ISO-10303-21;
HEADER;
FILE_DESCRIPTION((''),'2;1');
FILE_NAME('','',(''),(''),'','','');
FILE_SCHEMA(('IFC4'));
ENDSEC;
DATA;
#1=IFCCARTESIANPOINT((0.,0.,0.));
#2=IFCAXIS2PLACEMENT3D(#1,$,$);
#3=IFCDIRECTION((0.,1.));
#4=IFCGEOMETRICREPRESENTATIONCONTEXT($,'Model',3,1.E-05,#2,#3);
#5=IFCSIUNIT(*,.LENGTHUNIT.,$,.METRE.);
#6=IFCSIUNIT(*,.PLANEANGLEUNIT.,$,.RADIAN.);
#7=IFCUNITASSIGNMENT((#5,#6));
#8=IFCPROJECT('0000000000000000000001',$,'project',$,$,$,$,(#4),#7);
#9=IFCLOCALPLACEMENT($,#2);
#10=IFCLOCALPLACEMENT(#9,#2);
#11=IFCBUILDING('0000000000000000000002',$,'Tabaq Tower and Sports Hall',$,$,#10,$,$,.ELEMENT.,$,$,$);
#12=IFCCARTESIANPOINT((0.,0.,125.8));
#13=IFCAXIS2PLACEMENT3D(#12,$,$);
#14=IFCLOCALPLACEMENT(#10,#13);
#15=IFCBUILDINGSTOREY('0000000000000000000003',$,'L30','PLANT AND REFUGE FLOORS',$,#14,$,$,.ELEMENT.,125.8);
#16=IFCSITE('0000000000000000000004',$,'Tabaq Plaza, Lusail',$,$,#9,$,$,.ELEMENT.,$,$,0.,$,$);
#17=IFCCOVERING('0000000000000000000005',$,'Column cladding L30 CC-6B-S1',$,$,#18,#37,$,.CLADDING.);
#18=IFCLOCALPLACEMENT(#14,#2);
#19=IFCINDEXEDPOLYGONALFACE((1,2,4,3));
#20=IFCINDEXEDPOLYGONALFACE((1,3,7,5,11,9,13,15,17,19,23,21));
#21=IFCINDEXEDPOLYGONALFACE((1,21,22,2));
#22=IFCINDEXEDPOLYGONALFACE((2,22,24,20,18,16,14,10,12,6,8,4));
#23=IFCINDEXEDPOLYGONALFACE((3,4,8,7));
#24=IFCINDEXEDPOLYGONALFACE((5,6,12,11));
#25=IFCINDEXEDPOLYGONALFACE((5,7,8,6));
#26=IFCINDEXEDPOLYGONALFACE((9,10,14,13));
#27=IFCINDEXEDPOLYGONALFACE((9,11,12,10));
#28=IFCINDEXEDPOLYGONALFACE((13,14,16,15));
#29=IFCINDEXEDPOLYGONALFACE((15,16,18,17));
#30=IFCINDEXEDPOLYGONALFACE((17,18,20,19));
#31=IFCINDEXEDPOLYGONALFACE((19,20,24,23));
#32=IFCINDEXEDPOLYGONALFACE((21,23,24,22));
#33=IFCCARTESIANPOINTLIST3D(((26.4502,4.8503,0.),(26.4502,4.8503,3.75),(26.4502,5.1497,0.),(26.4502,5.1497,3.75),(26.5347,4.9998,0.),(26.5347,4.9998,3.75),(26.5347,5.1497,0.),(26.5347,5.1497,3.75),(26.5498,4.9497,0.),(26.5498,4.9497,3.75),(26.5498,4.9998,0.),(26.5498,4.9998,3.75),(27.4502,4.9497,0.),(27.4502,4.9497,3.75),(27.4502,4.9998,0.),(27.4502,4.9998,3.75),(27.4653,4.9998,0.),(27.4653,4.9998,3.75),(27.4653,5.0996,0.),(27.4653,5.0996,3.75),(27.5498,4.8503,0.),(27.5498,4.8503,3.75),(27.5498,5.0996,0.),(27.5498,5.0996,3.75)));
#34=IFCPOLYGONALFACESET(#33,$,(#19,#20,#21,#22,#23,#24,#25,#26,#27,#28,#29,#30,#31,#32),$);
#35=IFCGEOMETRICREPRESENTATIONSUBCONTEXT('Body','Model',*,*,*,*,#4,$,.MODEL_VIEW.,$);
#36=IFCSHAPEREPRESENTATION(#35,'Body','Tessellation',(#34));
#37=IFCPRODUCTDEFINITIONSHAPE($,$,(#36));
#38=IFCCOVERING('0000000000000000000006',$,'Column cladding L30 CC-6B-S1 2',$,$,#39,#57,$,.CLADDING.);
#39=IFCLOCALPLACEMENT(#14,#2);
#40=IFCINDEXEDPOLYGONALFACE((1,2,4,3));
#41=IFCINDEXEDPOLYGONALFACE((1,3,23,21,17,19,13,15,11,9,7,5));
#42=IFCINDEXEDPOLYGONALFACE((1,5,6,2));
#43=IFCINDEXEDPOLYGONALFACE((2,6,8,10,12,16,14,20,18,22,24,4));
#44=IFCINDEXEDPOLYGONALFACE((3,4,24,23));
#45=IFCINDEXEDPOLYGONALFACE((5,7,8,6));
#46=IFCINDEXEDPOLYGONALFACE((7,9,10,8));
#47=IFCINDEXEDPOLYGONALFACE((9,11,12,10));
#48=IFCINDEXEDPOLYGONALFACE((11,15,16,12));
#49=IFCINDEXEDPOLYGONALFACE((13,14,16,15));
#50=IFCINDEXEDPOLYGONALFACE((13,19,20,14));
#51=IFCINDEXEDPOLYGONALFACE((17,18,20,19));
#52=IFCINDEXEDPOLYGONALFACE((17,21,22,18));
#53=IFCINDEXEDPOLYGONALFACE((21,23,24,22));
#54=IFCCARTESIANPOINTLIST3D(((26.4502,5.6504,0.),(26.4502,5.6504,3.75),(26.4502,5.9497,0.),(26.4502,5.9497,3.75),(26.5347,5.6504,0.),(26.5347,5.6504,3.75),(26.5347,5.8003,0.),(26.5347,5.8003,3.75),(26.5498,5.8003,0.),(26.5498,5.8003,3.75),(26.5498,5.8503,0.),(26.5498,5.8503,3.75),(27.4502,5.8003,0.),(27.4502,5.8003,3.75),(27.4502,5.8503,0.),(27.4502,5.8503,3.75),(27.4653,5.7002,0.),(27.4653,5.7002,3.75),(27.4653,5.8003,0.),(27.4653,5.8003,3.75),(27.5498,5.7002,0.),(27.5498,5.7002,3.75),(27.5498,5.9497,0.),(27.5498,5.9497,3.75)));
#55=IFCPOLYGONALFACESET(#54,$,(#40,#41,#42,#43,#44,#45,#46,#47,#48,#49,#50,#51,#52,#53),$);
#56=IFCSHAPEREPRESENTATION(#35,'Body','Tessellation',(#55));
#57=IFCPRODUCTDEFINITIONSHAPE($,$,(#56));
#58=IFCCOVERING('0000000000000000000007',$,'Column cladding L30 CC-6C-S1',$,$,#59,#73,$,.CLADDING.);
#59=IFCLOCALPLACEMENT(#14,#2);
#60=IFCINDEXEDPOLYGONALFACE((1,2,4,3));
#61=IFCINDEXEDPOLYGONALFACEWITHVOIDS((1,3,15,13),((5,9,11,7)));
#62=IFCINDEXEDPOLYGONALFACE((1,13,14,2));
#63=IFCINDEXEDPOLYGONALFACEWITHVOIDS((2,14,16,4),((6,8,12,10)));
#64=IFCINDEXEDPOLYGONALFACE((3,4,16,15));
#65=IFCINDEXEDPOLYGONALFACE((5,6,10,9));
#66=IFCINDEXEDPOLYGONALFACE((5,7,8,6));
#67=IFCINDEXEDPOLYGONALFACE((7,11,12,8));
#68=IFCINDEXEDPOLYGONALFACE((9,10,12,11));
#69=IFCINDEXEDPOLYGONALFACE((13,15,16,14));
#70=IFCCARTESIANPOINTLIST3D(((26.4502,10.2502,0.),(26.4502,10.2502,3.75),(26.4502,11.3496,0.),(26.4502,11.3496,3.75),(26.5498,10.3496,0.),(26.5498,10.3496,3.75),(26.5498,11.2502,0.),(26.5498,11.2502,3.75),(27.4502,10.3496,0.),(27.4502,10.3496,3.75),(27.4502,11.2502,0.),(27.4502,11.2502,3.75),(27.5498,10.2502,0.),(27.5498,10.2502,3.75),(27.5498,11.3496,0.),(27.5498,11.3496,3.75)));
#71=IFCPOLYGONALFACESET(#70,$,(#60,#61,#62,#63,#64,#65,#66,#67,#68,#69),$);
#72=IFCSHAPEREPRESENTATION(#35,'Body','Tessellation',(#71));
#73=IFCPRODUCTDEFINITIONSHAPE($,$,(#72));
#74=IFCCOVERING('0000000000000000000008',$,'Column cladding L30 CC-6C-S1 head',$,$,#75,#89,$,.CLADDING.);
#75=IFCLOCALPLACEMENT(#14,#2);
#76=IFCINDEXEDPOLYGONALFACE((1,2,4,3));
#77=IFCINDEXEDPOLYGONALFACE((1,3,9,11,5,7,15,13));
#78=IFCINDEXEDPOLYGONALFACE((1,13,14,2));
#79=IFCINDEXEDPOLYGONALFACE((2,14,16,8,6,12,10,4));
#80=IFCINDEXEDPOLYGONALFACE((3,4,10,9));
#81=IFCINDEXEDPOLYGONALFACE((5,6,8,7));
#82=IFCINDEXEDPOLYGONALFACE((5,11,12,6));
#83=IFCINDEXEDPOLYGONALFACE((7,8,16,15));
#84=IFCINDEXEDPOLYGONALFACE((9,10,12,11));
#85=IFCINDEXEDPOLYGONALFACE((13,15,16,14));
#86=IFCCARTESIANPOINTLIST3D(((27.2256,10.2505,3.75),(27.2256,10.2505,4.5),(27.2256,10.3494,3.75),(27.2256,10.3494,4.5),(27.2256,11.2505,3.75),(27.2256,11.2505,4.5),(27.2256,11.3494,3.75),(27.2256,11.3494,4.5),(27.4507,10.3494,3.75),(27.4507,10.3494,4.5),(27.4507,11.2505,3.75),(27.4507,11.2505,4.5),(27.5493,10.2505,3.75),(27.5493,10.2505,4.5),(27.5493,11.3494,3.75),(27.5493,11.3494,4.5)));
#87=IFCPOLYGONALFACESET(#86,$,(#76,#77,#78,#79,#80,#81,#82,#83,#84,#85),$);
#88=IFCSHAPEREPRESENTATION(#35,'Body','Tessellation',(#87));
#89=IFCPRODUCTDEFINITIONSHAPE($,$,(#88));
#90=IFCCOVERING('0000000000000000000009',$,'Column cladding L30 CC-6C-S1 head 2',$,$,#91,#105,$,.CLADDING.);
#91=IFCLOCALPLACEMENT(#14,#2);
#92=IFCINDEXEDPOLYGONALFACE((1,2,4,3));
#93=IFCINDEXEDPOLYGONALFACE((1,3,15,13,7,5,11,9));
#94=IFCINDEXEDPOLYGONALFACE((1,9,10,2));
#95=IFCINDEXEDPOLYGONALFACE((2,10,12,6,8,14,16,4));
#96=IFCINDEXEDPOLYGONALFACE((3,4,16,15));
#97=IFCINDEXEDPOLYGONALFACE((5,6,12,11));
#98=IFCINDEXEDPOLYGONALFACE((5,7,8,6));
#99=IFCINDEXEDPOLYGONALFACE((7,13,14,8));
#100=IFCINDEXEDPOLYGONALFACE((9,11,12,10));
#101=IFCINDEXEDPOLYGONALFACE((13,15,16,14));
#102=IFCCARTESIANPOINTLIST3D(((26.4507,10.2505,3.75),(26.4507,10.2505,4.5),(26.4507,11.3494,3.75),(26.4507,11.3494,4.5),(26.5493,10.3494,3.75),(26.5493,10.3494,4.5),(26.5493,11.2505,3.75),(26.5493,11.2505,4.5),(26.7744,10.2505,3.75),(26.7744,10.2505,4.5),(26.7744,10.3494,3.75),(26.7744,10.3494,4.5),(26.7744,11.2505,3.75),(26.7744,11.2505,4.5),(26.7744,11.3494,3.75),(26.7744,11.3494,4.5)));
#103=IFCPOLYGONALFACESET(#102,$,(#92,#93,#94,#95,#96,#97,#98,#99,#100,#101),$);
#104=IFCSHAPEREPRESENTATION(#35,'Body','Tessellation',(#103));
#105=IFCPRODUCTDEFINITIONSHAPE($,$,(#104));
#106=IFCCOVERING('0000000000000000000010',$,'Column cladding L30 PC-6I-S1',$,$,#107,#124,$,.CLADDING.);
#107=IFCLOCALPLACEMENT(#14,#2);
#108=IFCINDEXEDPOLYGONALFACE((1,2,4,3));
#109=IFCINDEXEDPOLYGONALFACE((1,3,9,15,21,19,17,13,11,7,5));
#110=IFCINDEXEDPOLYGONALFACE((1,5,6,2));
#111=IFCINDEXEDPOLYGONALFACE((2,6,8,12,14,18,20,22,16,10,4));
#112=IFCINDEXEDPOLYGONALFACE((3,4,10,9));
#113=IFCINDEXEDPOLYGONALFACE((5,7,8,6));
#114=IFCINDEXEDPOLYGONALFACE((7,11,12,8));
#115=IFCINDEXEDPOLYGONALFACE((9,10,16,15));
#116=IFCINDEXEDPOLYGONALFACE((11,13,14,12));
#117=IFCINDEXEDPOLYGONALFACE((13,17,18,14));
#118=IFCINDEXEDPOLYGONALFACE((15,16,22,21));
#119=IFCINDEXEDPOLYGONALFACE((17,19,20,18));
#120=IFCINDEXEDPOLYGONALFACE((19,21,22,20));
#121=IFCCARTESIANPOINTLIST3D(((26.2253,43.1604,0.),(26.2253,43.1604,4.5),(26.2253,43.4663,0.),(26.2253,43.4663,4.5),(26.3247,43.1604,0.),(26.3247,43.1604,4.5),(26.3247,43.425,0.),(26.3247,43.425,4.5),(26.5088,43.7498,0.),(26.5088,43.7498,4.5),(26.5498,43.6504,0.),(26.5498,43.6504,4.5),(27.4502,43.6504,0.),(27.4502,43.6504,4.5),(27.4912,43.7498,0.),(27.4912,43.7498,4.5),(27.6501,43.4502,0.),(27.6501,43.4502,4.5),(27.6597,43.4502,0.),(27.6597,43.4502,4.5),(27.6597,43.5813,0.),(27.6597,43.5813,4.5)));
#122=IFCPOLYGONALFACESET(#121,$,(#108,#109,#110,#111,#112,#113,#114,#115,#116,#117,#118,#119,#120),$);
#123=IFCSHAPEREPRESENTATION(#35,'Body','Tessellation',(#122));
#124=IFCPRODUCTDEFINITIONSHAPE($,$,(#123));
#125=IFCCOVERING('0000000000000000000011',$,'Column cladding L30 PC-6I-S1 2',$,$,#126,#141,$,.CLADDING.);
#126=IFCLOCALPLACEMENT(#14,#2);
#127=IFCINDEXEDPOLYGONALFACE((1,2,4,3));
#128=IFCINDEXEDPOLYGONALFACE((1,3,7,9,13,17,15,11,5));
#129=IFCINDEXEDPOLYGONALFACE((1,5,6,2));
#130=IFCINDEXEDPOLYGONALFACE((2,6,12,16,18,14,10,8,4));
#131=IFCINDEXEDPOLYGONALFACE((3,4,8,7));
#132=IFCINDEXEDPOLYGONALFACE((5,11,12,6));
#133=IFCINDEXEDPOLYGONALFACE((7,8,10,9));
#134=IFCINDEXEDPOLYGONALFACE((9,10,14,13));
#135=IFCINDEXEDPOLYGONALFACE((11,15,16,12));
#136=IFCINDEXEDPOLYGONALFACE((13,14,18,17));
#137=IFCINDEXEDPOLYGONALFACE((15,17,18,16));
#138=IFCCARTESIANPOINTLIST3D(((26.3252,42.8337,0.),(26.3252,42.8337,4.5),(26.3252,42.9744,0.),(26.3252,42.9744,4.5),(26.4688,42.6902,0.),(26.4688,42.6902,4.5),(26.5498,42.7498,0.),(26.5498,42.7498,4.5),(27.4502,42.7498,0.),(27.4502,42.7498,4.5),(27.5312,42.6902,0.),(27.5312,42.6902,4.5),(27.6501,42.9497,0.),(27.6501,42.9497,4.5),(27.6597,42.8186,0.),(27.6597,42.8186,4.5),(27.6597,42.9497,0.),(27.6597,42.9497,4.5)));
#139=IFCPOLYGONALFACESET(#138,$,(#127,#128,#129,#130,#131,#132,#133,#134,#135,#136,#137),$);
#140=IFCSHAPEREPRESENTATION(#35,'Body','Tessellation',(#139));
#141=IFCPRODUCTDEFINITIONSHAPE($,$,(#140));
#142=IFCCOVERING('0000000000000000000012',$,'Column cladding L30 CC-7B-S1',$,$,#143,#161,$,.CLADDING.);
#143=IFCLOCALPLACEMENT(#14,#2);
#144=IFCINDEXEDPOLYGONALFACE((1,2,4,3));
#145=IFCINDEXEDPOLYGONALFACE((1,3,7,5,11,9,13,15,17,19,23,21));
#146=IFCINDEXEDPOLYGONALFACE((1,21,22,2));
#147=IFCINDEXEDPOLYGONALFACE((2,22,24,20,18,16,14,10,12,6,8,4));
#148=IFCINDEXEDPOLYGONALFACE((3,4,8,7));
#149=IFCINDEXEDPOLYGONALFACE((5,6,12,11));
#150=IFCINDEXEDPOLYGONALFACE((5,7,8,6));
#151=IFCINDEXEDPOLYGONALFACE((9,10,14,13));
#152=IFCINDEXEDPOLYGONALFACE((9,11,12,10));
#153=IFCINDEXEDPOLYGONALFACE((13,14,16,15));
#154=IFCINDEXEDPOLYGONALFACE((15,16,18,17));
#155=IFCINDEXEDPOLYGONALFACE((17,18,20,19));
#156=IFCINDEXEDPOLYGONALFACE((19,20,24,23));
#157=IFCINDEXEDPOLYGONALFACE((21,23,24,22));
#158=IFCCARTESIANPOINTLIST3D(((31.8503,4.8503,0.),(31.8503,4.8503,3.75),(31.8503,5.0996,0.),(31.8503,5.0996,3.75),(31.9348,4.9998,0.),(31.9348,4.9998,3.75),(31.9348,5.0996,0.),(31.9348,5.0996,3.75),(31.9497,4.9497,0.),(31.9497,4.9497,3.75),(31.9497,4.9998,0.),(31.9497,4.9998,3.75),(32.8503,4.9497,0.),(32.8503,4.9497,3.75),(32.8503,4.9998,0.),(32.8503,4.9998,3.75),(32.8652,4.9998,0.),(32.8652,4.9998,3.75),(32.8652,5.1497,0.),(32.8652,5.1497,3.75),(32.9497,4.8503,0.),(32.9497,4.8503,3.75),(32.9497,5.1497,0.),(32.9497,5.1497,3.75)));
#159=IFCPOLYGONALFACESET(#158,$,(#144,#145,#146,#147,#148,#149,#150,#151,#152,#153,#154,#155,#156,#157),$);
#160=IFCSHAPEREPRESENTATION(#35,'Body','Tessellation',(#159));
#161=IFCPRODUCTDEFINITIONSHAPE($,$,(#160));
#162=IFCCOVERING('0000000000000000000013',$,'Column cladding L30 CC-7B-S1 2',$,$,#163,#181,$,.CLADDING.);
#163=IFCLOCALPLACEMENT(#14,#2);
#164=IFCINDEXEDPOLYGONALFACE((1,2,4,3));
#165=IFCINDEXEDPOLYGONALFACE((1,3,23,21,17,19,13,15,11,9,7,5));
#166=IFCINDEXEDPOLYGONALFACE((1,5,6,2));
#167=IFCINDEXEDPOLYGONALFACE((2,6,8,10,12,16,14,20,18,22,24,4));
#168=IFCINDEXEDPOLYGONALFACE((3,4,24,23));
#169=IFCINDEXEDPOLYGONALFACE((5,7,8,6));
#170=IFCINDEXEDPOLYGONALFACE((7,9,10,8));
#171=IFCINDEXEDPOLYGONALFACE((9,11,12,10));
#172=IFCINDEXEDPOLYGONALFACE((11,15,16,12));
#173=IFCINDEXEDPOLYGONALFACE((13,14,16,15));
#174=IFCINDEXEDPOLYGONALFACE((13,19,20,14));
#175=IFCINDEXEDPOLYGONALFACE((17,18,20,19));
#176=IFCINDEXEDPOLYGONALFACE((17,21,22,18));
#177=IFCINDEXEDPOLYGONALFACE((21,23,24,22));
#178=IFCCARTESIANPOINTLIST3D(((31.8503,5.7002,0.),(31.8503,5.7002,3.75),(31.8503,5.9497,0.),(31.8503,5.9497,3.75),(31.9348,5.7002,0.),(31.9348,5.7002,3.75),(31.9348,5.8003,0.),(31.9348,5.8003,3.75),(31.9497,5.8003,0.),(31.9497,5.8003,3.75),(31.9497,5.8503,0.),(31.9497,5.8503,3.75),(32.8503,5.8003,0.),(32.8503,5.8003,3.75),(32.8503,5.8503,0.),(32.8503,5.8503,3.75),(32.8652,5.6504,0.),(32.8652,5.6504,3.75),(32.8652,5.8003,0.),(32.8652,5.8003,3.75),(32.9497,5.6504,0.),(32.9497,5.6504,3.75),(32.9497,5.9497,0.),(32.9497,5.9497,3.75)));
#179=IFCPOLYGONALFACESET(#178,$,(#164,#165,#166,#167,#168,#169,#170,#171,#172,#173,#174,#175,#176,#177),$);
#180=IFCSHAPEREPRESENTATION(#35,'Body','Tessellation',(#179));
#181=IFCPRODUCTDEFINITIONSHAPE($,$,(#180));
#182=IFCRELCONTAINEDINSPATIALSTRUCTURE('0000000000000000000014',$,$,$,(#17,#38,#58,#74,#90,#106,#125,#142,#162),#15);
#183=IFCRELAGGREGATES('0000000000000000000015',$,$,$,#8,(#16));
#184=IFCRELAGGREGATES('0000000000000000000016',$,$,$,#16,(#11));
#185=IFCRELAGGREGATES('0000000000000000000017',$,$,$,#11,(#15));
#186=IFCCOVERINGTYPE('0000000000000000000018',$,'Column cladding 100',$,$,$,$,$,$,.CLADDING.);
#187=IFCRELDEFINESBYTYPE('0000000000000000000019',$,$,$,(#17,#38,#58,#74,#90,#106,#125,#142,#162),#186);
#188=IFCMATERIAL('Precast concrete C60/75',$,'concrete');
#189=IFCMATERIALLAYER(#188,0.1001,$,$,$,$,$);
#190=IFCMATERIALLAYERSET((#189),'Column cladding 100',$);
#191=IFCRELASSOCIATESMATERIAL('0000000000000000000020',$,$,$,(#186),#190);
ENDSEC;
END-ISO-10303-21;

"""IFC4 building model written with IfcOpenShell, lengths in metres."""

from ifc_helpers import new_model, si_unit, direction, frame, origin, place, context, subcontext, project, spatial, polyline, outline, extrude, material, layer, layer_set, type_object, element, save


model = new_model("IFC4")

# Units and contexts
model_context = context("Model", 3, precision=1e-05, world=origin(), true_north=direction((0.0, 1.0)))
body_context = subcontext(model_context, "Body", "Model", "MODEL_VIEW")
ifc_project = project(units=[si_unit("LENGTHUNIT", "METRE"), si_unit("PLANEANGLEUNIT", "RADIAN")], contexts=[model_context])

# Site, building, storey
site_placement = place(None, origin())
site = spatial("IfcSite", under=ifc_project, at=site_placement, Name="Tabaq Plaza, Lusail", CompositionType="ELEMENT", RefElevation=0.0)
building_placement = place(site_placement, origin())
building = spatial("IfcBuilding", under=site, at=building_placement, Name="Tabaq Tower and Sports Hall", CompositionType="ELEMENT")
storey_placement = place(building_placement, frame((0.0, 0.0, 125.8)))
storey = spatial("IfcBuildingStorey", under=building, at=storey_placement, Name="L30", Description="PLANT AND REFUGE FLOORS", CompositionType="ELEMENT", Elevation=125.8)

# Coverings
ifc_material_1 = material(Name="Precast concrete C60/75", Category="concrete")
ifc_layer_1 = layer(ifc_material_1, 0.1001)
ifc_layer_set_1 = layer_set([ifc_layer_1], Name="Column cladding 100")
covering_type = type_object("IfcCoveringType", Name="Column cladding 100", PredefinedType="CLADDING", material=ifc_layer_set_1)
covering_1_placement = place(storey_placement, origin())
element("IfcCovering", 1, at=covering_1_placement, inside=storey, type_object=covering_type, Name="Column cladding L30 CC-6B-S1", PredefinedType="CLADDING", context=body_context, shape_type="SweptSolid", body=[
    extrude(outline(polyline([(27.5498, 4.8503), (26.4502, 4.8503), (26.4502, 5.1497), (26.5347, 5.1497), (26.5347, 4.9998), (26.5498, 4.9998), (26.5498, 4.9497), (27.4502, 4.9497), (27.4502, 4.9998), (27.4653, 4.9998), (27.4653, 5.0996), (27.5498, 5.0996), (27.5498, 4.8503)])), origin(), (0.0, 0.0, 1.0), 3.75),
])
covering_2_placement = place(storey_placement, origin())
element("IfcCovering", 2, at=covering_2_placement, inside=storey, type_object=covering_type, Name="Column cladding L30 CC-6B-S1 2", PredefinedType="CLADDING", context=body_context, shape_type="SweptSolid", body=[
    extrude(outline(polyline([(27.5498, 5.9497), (27.5498, 5.7002), (27.4653, 5.7002), (27.4653, 5.8003), (27.4502, 5.8003), (27.4502, 5.8503), (26.5498, 5.8503), (26.5498, 5.8003), (26.5347, 5.8003), (26.5347, 5.6504), (26.4502, 5.6504), (26.4502, 5.9497), (27.5498, 5.9497)])), origin(), (0.0, 0.0, 1.0), 3.75),
])
covering_3_placement = place(storey_placement, origin())
element("IfcCovering", 3, at=covering_3_placement, inside=storey, type_object=covering_type, Name="Column cladding L30 CC-6C-S1", PredefinedType="CLADDING", context=body_context, shape_type="SweptSolid", body=[
    extrude(outline(polyline([(26.4502, 11.3496), (27.5498, 11.3496), (27.5498, 10.2502), (26.4502, 10.2502), (26.4502, 11.3496)]), holes=[polyline([(27.4502, 10.3496), (27.4502, 11.2502), (26.5498, 11.2502), (26.5498, 10.3496), (27.4502, 10.3496)])]), origin(), (0.0, 0.0, 1.0), 3.75),
])
covering_4_placement = place(storey_placement, frame((0.0, 0.0, 3.75)))
element("IfcCovering", 4, at=covering_4_placement, inside=storey, type_object=covering_type, Name="Column cladding L30 CC-6C-S1 head", PredefinedType="CLADDING", context=body_context, shape_type="SweptSolid", body=[
    extrude(outline(polyline([(27.2256, 10.3494), (27.4507, 10.3494), (27.4507, 11.2505), (27.2256, 11.2505), (27.2256, 11.3494), (27.5493, 11.3494), (27.5493, 10.2505), (27.2256, 10.2505), (27.2256, 10.3494)])), origin(), (0.0, 0.0, 1.0), 0.75),
])
covering_5_placement = place(storey_placement, frame((0.0, 0.0, 3.75)))
element("IfcCovering", 5, at=covering_5_placement, inside=storey, type_object=covering_type, Name="Column cladding L30 CC-6C-S1 head 2", PredefinedType="CLADDING", context=body_context, shape_type="SweptSolid", body=[
    extrude(outline(polyline([(26.7744, 10.3494), (26.7744, 10.2505), (26.4507, 10.2505), (26.4507, 11.3494), (26.7744, 11.3494), (26.7744, 11.2505), (26.5493, 11.2505), (26.5493, 10.3494), (26.7744, 10.3494)])), origin(), (0.0, 0.0, 1.0), 0.75),
])
covering_6_placement = place(storey_placement, origin())
element("IfcCovering", 6, at=covering_6_placement, inside=storey, type_object=covering_type, Name="Column cladding L30 PC-6I-S1", PredefinedType="CLADDING", context=body_context, shape_type="SweptSolid", body=[
    extrude(outline(polyline([(26.2253, 43.4663), (26.5088, 43.7498), (27.4912, 43.7498), (27.6597, 43.5813), (27.6597, 43.4502), (27.6501, 43.4502), (27.4502, 43.6504), (26.5498, 43.6504), (26.3247, 43.425), (26.3247, 43.1604), (26.2253, 43.1604), (26.2253, 43.4663)])), origin(), (0.0, 0.0, 1.0), 4.5),
])
covering_7_placement = place(storey_placement, origin())
element("IfcCovering", 7, at=covering_7_placement, inside=storey, type_object=covering_type, Name="Column cladding L30 PC-6I-S1 2", PredefinedType="CLADDING", context=body_context, shape_type="SweptSolid", body=[
    extrude(outline(polyline([(27.5312, 42.6902), (26.4688, 42.6902), (26.3252, 42.8337), (26.3252, 42.9744), (26.5498, 42.7498), (27.4502, 42.7498), (27.6501, 42.9497), (27.6597, 42.9497), (27.6597, 42.8186), (27.5312, 42.6902)])), origin(), (0.0, 0.0, 1.0), 4.5),
])
covering_8_placement = place(storey_placement, origin())
element("IfcCovering", 8, at=covering_8_placement, inside=storey, type_object=covering_type, Name="Column cladding L30 CC-7B-S1", PredefinedType="CLADDING", context=body_context, shape_type="SweptSolid", body=[
    extrude(outline(polyline([(32.9497, 4.8503), (31.8503, 4.8503), (31.8503, 5.0996), (31.9348, 5.0996), (31.9348, 4.9998), (31.9497, 4.9998), (31.9497, 4.9497), (32.8503, 4.9497), (32.8503, 4.9998), (32.8652, 4.9998), (32.8652, 5.1497), (32.9497, 5.1497), (32.9497, 4.8503)])), origin(), (0.0, 0.0, 1.0), 3.75),
])
covering_9_placement = place(storey_placement, origin())
element("IfcCovering", 9, at=covering_9_placement, inside=storey, type_object=covering_type, Name="Column cladding L30 CC-7B-S1 2", PredefinedType="CLADDING", context=body_context, shape_type="SweptSolid", body=[
    extrude(outline(polyline([(32.9497, 5.9497), (32.9497, 5.6504), (32.8652, 5.6504), (32.8652, 5.8003), (32.8503, 5.8003), (32.8503, 5.8503), (31.9497, 5.8503), (31.9497, 5.8003), (31.9348, 5.8003), (31.9348, 5.7002), (31.8503, 5.7002), (31.8503, 5.9497), (32.9497, 5.9497)])), origin(), (0.0, 0.0, 1.0), 3.75),
])

save(model, "model.ifc")
